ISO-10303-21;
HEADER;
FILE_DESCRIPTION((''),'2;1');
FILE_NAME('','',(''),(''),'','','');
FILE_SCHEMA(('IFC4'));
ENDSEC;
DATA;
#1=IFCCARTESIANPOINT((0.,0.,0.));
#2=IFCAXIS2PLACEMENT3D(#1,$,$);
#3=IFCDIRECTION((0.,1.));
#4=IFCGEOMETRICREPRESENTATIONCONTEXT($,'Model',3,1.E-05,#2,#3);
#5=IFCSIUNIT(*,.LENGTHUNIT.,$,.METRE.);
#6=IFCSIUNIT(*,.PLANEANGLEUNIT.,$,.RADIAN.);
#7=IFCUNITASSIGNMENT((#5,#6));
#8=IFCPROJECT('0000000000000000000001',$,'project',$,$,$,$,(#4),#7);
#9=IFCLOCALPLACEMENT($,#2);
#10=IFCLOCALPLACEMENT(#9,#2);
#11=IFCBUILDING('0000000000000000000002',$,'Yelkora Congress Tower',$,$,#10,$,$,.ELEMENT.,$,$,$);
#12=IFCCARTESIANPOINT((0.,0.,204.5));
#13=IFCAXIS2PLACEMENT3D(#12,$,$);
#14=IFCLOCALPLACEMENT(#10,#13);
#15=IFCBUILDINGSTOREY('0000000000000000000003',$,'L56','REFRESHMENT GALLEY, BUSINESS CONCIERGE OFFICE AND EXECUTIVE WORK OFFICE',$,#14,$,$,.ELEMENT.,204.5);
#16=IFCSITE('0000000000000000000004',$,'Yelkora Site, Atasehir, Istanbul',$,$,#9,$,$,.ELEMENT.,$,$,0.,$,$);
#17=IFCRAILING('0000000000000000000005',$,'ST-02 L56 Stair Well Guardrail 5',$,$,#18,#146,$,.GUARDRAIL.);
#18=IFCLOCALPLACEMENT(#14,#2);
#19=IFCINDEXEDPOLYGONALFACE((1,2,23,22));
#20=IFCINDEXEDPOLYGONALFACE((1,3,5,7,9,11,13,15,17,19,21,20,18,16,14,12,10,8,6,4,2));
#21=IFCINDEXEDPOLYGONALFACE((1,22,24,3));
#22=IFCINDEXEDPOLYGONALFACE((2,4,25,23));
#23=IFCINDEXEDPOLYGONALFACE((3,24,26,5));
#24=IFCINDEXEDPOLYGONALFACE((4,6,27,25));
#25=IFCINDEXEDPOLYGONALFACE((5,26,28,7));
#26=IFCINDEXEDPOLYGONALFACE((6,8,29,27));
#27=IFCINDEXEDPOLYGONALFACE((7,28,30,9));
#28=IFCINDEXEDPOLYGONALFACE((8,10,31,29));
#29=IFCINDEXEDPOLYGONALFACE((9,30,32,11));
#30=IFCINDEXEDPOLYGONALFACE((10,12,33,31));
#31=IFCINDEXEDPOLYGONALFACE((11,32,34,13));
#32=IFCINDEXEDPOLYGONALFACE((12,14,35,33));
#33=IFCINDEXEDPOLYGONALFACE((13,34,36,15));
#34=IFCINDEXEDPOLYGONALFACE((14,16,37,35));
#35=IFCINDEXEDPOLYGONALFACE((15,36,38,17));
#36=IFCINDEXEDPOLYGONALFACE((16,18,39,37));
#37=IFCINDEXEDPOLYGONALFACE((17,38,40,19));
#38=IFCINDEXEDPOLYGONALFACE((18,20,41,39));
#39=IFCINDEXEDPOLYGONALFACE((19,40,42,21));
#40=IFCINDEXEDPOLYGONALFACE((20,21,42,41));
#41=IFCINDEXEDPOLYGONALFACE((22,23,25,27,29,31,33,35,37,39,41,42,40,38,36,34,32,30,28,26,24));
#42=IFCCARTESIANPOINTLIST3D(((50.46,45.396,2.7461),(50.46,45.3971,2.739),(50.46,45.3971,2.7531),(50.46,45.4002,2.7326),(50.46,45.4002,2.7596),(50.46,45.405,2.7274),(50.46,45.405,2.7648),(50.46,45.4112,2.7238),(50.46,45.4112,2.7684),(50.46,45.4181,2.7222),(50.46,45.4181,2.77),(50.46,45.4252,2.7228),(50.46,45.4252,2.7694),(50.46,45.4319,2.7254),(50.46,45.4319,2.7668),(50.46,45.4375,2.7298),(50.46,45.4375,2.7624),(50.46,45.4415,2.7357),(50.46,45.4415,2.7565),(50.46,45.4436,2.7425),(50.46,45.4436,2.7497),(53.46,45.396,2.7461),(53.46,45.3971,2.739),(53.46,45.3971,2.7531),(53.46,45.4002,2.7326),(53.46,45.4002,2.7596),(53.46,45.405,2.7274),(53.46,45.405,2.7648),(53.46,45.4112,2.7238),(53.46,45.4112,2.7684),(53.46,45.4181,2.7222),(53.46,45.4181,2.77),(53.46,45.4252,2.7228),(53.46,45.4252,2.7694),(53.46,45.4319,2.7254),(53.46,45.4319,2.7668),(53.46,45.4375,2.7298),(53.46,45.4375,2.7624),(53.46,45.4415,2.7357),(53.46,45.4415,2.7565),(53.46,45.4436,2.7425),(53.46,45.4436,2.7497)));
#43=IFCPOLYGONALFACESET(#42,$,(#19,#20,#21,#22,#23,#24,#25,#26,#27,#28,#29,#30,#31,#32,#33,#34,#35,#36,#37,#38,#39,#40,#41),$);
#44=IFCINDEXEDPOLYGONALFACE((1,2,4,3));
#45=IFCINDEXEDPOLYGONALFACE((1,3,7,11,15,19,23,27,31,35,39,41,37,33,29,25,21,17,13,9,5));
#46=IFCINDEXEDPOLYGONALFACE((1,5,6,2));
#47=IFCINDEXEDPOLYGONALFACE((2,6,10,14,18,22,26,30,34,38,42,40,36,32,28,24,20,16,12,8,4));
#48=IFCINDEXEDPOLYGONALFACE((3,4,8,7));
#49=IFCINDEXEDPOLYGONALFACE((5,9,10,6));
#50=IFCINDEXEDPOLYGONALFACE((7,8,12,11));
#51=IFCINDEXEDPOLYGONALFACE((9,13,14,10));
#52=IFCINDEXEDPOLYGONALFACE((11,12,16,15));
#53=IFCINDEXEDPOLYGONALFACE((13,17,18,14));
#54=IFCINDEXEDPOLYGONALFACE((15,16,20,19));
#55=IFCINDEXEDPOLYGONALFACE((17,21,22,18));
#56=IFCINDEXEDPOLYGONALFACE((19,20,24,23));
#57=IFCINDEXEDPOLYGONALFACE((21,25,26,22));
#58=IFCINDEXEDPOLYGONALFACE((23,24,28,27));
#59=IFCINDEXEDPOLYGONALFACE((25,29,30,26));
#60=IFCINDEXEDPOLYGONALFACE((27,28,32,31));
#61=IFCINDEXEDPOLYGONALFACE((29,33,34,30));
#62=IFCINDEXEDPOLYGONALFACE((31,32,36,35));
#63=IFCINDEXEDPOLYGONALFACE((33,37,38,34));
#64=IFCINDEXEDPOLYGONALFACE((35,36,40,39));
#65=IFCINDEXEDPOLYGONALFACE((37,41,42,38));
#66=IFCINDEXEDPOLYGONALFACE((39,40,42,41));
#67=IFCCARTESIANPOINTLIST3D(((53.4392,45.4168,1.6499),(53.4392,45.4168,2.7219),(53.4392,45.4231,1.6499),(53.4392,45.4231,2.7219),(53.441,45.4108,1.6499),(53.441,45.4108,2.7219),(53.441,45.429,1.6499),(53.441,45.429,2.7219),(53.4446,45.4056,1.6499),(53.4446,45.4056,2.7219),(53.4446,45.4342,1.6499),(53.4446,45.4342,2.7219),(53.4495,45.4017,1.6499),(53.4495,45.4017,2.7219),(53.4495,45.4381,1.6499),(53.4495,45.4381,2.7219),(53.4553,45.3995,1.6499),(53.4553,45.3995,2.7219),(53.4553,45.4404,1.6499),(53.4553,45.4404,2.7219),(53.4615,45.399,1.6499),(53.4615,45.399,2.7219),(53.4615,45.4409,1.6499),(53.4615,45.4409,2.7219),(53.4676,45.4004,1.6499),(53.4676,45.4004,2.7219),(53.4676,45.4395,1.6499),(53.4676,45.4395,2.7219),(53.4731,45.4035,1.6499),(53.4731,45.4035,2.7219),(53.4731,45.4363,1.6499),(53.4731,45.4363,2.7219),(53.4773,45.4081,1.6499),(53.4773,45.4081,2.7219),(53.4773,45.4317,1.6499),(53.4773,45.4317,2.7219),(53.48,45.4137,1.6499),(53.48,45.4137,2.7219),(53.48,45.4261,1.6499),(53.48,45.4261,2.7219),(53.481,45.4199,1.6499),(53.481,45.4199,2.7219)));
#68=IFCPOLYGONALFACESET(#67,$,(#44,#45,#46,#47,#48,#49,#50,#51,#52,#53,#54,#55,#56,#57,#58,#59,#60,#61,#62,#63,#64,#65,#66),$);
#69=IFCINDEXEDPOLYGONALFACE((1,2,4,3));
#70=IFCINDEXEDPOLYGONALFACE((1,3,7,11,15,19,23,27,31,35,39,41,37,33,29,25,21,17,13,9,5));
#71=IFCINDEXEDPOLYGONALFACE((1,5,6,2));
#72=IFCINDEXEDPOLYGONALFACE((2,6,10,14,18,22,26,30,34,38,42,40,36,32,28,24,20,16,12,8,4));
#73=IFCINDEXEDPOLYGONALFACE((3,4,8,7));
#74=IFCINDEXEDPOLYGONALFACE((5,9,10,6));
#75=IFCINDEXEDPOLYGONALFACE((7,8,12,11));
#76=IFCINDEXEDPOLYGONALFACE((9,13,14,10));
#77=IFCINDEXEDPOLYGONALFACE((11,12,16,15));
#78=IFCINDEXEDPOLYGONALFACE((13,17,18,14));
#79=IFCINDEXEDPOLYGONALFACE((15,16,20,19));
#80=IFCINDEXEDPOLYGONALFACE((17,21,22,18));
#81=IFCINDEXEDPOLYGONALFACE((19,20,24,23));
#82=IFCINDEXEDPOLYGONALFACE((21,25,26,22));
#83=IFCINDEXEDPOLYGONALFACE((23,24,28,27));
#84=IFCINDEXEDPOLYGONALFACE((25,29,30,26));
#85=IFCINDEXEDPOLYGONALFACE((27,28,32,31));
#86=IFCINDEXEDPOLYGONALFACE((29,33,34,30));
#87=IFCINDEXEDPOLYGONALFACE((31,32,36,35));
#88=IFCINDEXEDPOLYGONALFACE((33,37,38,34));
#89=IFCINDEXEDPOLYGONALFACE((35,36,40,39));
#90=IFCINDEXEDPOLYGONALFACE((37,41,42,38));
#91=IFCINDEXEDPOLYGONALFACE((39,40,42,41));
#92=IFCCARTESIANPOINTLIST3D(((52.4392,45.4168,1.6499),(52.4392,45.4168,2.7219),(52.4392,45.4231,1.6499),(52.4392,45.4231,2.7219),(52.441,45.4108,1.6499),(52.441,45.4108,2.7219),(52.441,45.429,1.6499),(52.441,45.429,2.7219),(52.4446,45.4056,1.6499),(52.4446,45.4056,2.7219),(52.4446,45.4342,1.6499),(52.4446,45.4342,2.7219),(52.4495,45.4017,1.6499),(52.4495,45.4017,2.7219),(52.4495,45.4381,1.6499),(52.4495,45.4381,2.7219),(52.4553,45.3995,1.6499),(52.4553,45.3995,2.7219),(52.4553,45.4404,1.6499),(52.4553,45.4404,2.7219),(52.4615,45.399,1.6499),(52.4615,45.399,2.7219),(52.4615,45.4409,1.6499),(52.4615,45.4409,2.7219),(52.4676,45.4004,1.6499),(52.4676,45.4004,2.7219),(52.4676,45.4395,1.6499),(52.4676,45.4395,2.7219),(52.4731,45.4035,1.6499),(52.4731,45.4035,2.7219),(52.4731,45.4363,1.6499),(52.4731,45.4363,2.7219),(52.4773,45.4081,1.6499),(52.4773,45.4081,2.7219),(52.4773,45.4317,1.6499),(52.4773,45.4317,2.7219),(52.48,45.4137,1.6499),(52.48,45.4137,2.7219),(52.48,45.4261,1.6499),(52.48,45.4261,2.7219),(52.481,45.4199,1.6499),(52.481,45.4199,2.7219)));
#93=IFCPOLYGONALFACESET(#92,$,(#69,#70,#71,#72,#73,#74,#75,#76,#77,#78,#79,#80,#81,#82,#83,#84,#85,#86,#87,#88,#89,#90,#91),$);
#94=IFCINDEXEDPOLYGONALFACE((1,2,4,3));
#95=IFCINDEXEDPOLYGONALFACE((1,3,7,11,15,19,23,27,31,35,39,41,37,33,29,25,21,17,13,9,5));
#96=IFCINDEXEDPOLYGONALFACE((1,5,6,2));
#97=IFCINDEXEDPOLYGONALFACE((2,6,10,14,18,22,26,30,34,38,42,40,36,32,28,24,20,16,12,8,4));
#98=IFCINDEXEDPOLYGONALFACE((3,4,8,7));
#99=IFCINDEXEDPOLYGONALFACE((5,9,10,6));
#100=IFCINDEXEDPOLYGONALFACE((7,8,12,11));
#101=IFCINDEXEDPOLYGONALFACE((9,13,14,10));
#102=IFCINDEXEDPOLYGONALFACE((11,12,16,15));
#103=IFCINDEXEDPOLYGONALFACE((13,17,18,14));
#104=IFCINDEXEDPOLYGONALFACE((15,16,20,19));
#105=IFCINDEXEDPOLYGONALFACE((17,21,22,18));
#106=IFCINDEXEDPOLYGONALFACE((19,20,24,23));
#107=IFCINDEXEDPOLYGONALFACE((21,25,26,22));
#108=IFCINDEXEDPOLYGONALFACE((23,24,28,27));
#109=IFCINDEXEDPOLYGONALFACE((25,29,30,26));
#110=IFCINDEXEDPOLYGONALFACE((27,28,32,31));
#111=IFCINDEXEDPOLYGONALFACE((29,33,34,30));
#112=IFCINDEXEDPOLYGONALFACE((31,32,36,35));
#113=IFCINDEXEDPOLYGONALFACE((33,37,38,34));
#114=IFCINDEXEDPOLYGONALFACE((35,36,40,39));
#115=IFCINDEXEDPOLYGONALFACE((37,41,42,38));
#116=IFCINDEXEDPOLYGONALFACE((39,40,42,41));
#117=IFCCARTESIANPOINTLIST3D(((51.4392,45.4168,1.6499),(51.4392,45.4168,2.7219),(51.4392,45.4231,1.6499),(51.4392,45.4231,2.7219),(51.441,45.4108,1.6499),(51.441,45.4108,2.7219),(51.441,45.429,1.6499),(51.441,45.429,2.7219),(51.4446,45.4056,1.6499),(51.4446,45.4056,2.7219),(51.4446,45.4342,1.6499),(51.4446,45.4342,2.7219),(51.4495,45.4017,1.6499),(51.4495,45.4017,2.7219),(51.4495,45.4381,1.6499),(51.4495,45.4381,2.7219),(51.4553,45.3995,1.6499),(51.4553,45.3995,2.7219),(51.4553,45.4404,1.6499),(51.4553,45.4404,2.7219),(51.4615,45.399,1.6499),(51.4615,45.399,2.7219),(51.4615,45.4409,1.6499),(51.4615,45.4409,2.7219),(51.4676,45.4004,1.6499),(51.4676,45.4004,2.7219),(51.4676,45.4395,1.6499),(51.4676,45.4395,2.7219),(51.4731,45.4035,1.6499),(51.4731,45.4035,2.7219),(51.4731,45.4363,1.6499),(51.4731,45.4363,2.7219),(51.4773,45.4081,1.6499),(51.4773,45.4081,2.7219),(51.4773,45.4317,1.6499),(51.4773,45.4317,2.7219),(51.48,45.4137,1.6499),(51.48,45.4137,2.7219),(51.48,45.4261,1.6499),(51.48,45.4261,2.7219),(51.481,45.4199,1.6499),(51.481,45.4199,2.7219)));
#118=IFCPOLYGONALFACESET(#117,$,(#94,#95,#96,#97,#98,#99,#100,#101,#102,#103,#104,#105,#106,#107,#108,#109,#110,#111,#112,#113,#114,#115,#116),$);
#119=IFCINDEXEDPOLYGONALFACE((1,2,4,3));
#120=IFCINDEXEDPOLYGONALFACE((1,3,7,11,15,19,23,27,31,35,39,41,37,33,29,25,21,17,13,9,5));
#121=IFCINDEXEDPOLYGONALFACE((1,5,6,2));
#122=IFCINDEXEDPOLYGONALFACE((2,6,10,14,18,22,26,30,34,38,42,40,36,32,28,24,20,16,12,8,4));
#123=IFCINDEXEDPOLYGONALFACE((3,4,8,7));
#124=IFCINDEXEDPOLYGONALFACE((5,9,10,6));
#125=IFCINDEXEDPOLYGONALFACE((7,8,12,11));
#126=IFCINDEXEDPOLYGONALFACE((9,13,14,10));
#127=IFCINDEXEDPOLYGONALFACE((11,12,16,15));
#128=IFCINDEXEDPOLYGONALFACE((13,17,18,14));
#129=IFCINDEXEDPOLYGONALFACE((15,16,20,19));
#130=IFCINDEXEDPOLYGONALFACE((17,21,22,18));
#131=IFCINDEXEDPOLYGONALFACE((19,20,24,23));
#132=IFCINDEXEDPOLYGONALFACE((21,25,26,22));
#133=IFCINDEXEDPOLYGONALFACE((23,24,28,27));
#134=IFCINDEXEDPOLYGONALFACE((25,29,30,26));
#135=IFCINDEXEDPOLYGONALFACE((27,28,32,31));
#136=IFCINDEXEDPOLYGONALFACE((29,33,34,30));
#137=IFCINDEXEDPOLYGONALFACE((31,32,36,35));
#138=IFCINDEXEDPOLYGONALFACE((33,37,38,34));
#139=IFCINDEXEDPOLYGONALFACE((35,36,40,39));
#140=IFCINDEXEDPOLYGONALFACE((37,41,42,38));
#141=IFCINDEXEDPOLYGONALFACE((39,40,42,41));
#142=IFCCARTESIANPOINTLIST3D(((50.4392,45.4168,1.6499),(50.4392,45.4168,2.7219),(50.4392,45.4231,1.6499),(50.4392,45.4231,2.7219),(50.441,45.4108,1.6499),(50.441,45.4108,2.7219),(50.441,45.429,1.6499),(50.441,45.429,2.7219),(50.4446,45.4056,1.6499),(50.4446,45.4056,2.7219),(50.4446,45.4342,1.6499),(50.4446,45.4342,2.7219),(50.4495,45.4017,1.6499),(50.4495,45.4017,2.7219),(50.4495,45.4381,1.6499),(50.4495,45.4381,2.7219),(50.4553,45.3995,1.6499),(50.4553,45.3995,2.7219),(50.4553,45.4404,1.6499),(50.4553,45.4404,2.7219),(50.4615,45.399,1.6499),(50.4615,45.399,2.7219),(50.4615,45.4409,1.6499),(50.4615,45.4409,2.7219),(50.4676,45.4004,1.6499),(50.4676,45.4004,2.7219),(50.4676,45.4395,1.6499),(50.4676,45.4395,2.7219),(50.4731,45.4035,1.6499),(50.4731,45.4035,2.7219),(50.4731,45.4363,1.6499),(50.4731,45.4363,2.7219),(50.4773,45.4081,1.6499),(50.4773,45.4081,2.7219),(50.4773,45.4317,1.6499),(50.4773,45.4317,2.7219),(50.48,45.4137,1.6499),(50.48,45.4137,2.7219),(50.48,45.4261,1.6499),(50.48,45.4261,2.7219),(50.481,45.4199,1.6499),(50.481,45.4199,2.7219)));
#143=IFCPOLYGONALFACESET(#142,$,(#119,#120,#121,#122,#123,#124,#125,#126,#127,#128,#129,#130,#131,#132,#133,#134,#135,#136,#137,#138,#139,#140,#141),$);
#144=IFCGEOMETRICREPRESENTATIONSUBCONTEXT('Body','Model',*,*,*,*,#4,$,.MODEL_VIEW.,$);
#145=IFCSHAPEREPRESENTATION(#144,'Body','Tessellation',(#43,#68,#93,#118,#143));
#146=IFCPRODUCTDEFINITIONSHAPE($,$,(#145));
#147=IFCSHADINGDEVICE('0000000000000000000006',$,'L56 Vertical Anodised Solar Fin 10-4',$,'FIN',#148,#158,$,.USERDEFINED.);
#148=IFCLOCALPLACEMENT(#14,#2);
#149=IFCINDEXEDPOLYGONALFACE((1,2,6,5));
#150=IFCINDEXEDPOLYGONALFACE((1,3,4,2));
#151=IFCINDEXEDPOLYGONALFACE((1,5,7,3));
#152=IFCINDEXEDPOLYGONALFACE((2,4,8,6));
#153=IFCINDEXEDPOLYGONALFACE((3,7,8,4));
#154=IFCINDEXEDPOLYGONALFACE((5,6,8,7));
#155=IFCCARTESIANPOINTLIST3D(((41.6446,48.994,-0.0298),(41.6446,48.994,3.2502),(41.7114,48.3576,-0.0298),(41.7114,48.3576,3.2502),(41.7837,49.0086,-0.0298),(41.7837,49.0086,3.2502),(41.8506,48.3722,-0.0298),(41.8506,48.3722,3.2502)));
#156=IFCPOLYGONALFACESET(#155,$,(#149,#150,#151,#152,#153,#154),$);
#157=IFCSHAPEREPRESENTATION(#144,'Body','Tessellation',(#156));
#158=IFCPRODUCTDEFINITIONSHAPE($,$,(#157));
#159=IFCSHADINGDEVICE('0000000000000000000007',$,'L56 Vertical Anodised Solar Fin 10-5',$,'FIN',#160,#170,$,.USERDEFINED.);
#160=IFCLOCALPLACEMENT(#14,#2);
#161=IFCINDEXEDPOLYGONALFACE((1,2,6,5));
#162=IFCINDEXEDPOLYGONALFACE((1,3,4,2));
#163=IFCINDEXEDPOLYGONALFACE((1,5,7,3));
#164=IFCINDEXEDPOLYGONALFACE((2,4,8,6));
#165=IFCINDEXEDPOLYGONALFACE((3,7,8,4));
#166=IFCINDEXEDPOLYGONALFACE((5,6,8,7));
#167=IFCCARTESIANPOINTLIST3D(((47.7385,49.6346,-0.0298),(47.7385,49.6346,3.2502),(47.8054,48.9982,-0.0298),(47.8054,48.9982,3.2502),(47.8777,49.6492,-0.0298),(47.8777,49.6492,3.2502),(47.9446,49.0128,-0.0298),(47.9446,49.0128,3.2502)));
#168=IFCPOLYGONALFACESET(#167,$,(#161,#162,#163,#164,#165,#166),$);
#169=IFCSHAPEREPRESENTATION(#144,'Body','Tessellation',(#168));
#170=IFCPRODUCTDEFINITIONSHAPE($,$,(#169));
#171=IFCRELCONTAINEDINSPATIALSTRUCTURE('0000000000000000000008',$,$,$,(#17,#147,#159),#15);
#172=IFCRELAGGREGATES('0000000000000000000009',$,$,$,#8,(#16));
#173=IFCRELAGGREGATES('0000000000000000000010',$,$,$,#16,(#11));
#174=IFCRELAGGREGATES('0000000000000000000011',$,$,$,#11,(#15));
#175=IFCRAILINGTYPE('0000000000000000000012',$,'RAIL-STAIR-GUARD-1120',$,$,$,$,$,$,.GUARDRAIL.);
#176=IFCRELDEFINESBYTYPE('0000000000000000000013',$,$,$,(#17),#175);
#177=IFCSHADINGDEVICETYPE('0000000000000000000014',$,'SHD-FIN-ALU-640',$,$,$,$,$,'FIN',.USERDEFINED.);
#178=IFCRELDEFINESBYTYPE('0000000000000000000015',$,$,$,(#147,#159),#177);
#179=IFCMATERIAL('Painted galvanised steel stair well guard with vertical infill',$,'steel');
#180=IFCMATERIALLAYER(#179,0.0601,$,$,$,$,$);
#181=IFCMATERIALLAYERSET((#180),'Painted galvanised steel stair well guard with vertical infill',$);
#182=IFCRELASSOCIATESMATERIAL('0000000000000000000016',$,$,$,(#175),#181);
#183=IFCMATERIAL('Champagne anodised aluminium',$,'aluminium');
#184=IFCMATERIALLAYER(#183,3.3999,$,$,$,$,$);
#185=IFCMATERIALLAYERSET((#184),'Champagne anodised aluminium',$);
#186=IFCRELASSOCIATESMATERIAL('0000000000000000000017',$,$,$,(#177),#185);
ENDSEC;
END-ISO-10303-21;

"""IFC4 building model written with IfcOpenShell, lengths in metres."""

from ifc_helpers import new_model, si_unit, direction, frame, origin, origin_2d, place, context, subcontext, project, spatial, rectangle, circle, extrude, material, layer, layer_set, type_object, element, save


model = new_model("IFC4")

# Units and contexts
model_context = context("Model", 3, precision=1e-05, world=origin(), true_north=direction((0.0, 1.0)))
body_context = subcontext(model_context, "Body", "Model", "MODEL_VIEW")
ifc_project = project(units=[si_unit("LENGTHUNIT", "METRE"), si_unit("PLANEANGLEUNIT", "RADIAN")], contexts=[model_context])

# Site, building, storey
site_placement = place(None, origin())
site = spatial("IfcSite", under=ifc_project, at=site_placement, Name="Yelkora Site, Atasehir, Istanbul", CompositionType="ELEMENT", RefElevation=0.0)
building_placement = place(site_placement, origin())
building = spatial("IfcBuilding", under=site, at=building_placement, Name="Yelkora Congress Tower", CompositionType="ELEMENT")
storey_placement = place(building_placement, frame((0.0, 0.0, 204.5)))
storey = spatial("IfcBuildingStorey", under=building, at=storey_placement, Name="L56", Description="REFRESHMENT GALLEY, BUSINESS CONCIERGE OFFICE AND EXECUTIVE WORK OFFICE", CompositionType="ELEMENT", Elevation=204.5)

# Railing
ifc_material_1 = material(Name="Painted galvanised steel stair well guard with vertical infill", Category="steel")
ifc_layer_1 = layer(ifc_material_1, 0.0601)
ifc_layer_set_1 = layer_set([ifc_layer_1], Name="Painted galvanised steel stair well guard with vertical infill")
railing_type = type_object("IfcRailingType", Name="RAIL-STAIR-GUARD-1120", PredefinedType="GUARDRAIL", material=ifc_layer_set_1)
railing_placement = place(storey_placement, frame((53.46, 45.4199, 1.6499)))
element("IfcRailing", 1, at=railing_placement, inside=storey, type_object=railing_type, Name="ST-02 L56 Stair Well Guardrail 5", PredefinedType="GUARDRAIL", context=body_context, shape_type="SweptSolid", body=[
    extrude(circle(Radius=0.0239, at=origin_2d()), frame((0.0, 0.0, 1.0962), z_axis=(-1.0, 0.0, 0.0), x_axis=(0.0, -1.0, 0.0)), (0.0, 0.0, 1.0), 3.0),
    extrude(circle(Radius=0.021, at=origin_2d()), origin(), (0.0, 0.0, 1.0), 1.072),
    extrude(circle(Radius=0.021, at=origin_2d()), frame((-1.0, 0.0, 0.0)), (0.0, 0.0, 1.0), 1.072),
    extrude(circle(Radius=0.021, at=origin_2d()), frame((-2.0, 0.0, 0.0)), (0.0, 0.0, 1.0), 1.072),
    extrude(circle(Radius=0.021, at=origin_2d()), frame((-3.0, 0.0, 0.0)), (0.0, 0.0, 1.0), 1.072),
])

# Shading devices
ifc_material_2 = material(Name="Champagne anodised aluminium", Category="aluminium")
ifc_layer_2 = layer(ifc_material_2, 3.3999)
ifc_layer_set_2 = layer_set([ifc_layer_2], Name="Champagne anodised aluminium")
shading_device_type = type_object("IfcShadingDeviceType", Name="SHD-FIN-ALU-640", ElementType="FIN", PredefinedType="USERDEFINED", material=ifc_layer_set_2)
for number, where, z_axis, x_axis, name in (
    (2, (41.7476, 48.6831, -0.0298), (0.0, 0.0, 1.0), (0.994522, 0.104528, 0.0), "L56 Vertical Anodised Solar Fin 10-4"),
    (3, (47.8416, 49.3237, -0.0298), (0.0, 0.0, 1.0), (0.994522, 0.104528, 0.0), "L56 Vertical Anodised Solar Fin 10-5"),
):
    element("IfcShadingDevice", number, at=place(storey_placement, frame(where, z_axis=z_axis, x_axis=x_axis)), inside=storey, type_object=shading_device_type, Name=name, ObjectType="FIN", PredefinedType="USERDEFINED", context=body_context, shape_type="SweptSolid", body=[
        extrude(rectangle(XDim=0.1399, YDim=0.6399, at=origin_2d()), origin(), (0.0, 0.0, 1.0), 3.28),
    ])

save(model, "model.ifc")
